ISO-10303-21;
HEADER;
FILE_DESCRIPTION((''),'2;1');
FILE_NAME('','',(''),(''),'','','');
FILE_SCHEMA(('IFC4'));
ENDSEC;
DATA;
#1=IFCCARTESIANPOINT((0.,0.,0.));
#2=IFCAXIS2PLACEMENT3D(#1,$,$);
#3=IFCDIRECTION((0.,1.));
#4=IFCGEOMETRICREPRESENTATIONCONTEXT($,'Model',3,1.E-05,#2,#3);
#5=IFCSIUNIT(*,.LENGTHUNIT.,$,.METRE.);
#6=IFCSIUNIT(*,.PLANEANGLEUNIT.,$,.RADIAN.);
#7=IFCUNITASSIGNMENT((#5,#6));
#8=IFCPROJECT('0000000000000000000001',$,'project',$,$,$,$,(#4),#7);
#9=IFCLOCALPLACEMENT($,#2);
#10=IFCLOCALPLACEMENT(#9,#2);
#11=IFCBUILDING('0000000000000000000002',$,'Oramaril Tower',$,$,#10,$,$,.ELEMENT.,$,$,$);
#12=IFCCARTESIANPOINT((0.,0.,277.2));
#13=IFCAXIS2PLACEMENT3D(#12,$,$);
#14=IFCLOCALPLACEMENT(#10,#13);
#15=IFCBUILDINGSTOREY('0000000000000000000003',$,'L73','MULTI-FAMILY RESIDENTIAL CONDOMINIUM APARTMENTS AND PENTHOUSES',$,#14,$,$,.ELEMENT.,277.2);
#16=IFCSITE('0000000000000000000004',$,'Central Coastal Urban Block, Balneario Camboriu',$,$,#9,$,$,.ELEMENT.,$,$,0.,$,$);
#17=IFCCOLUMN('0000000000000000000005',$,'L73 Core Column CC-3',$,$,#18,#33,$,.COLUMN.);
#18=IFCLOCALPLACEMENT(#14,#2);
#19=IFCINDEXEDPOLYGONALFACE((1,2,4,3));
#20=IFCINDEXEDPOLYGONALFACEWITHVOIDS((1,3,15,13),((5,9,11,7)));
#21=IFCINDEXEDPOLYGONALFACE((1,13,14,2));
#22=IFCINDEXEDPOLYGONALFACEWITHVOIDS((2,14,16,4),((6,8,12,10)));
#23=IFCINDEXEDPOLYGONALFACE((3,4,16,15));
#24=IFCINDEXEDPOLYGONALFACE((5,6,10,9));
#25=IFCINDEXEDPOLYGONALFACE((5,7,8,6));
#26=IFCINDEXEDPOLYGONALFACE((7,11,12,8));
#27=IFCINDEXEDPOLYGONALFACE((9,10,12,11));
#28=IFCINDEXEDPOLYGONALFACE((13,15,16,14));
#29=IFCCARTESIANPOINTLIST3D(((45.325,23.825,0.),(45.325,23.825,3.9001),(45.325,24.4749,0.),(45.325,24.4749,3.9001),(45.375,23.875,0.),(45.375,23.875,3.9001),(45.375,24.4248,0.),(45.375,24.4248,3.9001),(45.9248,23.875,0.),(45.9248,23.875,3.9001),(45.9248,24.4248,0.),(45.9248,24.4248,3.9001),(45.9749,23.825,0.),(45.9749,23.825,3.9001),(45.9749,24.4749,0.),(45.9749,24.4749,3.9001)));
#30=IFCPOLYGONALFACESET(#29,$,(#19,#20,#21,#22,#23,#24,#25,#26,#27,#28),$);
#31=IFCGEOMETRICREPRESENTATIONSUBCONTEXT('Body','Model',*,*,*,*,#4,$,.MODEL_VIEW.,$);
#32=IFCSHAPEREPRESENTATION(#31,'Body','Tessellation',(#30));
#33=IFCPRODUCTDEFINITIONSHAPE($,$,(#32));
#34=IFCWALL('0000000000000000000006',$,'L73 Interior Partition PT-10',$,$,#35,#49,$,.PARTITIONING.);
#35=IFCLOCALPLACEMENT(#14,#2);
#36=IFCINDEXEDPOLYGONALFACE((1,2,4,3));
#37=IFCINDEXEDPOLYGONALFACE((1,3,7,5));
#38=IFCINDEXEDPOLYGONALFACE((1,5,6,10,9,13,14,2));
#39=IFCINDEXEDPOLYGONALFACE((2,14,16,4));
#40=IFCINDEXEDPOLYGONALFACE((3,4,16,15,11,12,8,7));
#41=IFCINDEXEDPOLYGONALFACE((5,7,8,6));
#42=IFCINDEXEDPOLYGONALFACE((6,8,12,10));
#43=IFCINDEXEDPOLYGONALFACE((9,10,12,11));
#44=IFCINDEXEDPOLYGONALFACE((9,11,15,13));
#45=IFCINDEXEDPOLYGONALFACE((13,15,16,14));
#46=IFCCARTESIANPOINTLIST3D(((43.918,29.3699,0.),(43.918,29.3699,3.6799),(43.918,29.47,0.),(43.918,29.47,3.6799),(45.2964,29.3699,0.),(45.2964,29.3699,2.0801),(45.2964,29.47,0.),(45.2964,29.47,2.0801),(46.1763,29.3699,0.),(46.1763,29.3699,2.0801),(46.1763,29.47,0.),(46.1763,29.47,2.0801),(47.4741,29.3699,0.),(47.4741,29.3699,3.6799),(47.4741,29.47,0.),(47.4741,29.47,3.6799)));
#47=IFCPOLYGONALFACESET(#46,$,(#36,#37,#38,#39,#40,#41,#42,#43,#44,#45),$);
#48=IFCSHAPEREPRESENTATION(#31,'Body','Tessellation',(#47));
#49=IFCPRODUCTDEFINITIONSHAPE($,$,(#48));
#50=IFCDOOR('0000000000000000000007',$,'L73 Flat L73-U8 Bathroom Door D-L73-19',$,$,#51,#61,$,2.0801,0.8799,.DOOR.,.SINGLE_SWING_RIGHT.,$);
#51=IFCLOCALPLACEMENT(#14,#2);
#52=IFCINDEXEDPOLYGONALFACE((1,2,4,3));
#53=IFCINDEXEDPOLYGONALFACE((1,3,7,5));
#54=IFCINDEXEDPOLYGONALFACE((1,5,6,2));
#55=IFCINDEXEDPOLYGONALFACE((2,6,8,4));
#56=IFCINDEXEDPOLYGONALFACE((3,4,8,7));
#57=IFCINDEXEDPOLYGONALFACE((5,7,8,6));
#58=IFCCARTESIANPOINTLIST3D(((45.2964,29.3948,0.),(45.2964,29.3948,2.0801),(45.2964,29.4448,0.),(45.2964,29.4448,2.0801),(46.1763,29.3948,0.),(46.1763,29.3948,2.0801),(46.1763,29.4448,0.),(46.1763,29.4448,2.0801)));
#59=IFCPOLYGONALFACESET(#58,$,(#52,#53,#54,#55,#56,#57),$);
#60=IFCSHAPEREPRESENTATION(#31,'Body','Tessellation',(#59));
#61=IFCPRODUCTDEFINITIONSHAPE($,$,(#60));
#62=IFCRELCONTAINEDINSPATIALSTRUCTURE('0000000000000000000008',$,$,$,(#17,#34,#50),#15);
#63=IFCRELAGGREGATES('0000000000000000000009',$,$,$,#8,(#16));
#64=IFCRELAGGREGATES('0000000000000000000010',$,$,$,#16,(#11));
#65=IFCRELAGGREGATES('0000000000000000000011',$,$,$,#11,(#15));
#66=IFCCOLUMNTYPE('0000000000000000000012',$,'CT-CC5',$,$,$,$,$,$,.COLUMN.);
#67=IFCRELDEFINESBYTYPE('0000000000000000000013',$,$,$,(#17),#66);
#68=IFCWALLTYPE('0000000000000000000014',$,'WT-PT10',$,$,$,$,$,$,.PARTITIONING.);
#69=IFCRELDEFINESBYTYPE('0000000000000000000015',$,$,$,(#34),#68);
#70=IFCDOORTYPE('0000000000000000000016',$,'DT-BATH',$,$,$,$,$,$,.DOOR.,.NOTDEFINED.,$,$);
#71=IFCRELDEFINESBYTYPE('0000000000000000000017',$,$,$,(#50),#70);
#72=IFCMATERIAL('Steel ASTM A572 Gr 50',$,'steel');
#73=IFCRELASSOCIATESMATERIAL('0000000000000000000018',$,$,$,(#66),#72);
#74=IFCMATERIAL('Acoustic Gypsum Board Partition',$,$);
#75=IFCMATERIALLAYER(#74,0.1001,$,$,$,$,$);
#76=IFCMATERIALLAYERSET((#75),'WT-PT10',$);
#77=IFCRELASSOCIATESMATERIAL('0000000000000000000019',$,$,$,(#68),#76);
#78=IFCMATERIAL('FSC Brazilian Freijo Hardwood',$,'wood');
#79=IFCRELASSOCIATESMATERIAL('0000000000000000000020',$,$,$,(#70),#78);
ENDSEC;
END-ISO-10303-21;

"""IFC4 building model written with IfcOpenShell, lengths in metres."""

from ifc_helpers import new_model, si_unit, direction, frame, frame_2d, origin, origin_2d, place, context, subcontext, project, spatial, rectangle, hollow_rectangle, extrude, material, layer, layer_set, material_profile, profile_set, type_object, element, fill, save


model = new_model("IFC4")

# Units and contexts
model_context = context("Model", 3, precision=1e-05, world=origin(), true_north=direction((0.0, 1.0)))
body_context = subcontext(model_context, "Body", "Model", "MODEL_VIEW")
ifc_project = project(units=[si_unit("LENGTHUNIT", "METRE"), si_unit("PLANEANGLEUNIT", "RADIAN")], contexts=[model_context])

# Site, building, storey
site_placement = place(None, origin())
site = spatial("IfcSite", under=ifc_project, at=site_placement, Name="Central Coastal Urban Block, Balneario Camboriu", CompositionType="ELEMENT", RefElevation=0.0)
building_placement = place(site_placement, origin())
building = spatial("IfcBuilding", under=site, at=building_placement, Name="Oramaril Tower", CompositionType="ELEMENT")
storey_placement = place(building_placement, frame((0.0, 0.0, 277.2)))
storey = spatial("IfcBuildingStorey", under=building, at=storey_placement, Name="L73", Description="MULTI-FAMILY RESIDENTIAL CONDOMINIUM APARTMENTS AND PENTHOUSES", CompositionType="ELEMENT", Elevation=277.2)

# Column
ifc_material_1 = material(Name="Steel ASTM A572 Gr 50", Category="steel")
ifc_material_profile = material_profile(ifc_material_1, hollow_rectangle(XDim=0.6499, YDim=0.6499, WallThickness=0.05, at=origin_2d()), Name="BOX650X650X50")
ifc_profile_set = profile_set([ifc_material_profile], Name="Steel ASTM A572 Gr 50")
column_type = type_object("IfcColumnType", Name="CT-CC5", PredefinedType="COLUMN", material=ifc_profile_set)
column_placement = place(storey_placement, frame((45.6499, 24.1499, 0.0), z_axis=(0.0, 0.0, 1.0), x_axis=(1.0, 0.0, 0.0)))
element("IfcColumn", 1, at=column_placement, inside=storey, type_object=column_type, Name="L73 Core Column CC-3", PredefinedType="COLUMN", context=body_context, shape_type="SweptSolid", body=[
    extrude(hollow_rectangle(XDim=0.6499, YDim=0.6499, WallThickness=0.05, at=origin_2d()), origin(), (0.0, 0.0, 1.0), 3.9001),
])

# Wall, opening, door
ifc_material_2 = material(Name="Acoustic Gypsum Board Partition")
ifc_layer_1 = layer(ifc_material_2, 0.1001)
ifc_layer_set_1 = layer_set([ifc_layer_1], Name="WT-PT10")
wall_type_1 = type_object("IfcWallType", Name="WT-PT10", PredefinedType="PARTITIONING", material=ifc_layer_set_1)
wall_1_placement = place(storey_placement, frame((43.918, 29.4199, 0.0), z_axis=(0.0, 0.0, 1.0), x_axis=(1.0, 0.0, 0.0)))
wall_1 = element("IfcWall", 2, at=wall_1_placement, inside=storey, type_object=wall_type_1, Name="L73 Interior Partition PT-10", PredefinedType="PARTITIONING", context=body_context, shape_type="SweptSolid", body=[
    extrude(rectangle(XDim=3.5562, YDim=0.1001, at=frame_2d((1.7781, 0.0))), origin(), (0.0, 0.0, 1.0), 3.6799),
])
opening_1_placement = place(wall_1_placement, frame((1.3784, 0.0, 0.0)))
opening_1 = element("IfcOpeningElement", 3, at=opening_1_placement, cuts=wall_1, PredefinedType="OPENING", context=body_context, shape_type="SweptSolid", body=[
    extrude(rectangle(XDim=0.8799, YDim=2.0801, at=frame_2d((0.4399, 1.04))), frame((0.0, 0.05, 0.0), z_axis=(0.0, -1.0, 0.0), x_axis=(1.0, 0.0, 0.0)), (0.0, 0.0, 1.0), 0.1001),
])
ifc_material_3 = material(Name="FSC Brazilian Freijo Hardwood", Category="wood")
door_type_1 = type_object("IfcDoorType", Name="DT-BATH", OperationType="NOTDEFINED", PredefinedType="DOOR", material=ifc_material_3)
door_1_placement = place(opening_1_placement, origin())
door_1 = element("IfcDoor", 4, at=door_1_placement, inside=storey, type_object=door_type_1, Name="L73 Flat L73-U8 Bathroom Door D-L73-19", OperationType="SINGLE_SWING_RIGHT", OverallHeight=2.0801, OverallWidth=0.8799, PredefinedType="DOOR", context=body_context, shape_type="SweptSolid", body=[
    extrude(rectangle(XDim=0.8799, YDim=2.0801, at=frame_2d((0.4399, 1.04))), frame((0.0, 0.0249, 0.0), z_axis=(0.0, -1.0, 0.0), x_axis=(1.0, 0.0, 0.0)), (0.0, 0.0, 1.0), 0.05),
])
fill(opening_1, door_1)

save(model, "model.ifc")
